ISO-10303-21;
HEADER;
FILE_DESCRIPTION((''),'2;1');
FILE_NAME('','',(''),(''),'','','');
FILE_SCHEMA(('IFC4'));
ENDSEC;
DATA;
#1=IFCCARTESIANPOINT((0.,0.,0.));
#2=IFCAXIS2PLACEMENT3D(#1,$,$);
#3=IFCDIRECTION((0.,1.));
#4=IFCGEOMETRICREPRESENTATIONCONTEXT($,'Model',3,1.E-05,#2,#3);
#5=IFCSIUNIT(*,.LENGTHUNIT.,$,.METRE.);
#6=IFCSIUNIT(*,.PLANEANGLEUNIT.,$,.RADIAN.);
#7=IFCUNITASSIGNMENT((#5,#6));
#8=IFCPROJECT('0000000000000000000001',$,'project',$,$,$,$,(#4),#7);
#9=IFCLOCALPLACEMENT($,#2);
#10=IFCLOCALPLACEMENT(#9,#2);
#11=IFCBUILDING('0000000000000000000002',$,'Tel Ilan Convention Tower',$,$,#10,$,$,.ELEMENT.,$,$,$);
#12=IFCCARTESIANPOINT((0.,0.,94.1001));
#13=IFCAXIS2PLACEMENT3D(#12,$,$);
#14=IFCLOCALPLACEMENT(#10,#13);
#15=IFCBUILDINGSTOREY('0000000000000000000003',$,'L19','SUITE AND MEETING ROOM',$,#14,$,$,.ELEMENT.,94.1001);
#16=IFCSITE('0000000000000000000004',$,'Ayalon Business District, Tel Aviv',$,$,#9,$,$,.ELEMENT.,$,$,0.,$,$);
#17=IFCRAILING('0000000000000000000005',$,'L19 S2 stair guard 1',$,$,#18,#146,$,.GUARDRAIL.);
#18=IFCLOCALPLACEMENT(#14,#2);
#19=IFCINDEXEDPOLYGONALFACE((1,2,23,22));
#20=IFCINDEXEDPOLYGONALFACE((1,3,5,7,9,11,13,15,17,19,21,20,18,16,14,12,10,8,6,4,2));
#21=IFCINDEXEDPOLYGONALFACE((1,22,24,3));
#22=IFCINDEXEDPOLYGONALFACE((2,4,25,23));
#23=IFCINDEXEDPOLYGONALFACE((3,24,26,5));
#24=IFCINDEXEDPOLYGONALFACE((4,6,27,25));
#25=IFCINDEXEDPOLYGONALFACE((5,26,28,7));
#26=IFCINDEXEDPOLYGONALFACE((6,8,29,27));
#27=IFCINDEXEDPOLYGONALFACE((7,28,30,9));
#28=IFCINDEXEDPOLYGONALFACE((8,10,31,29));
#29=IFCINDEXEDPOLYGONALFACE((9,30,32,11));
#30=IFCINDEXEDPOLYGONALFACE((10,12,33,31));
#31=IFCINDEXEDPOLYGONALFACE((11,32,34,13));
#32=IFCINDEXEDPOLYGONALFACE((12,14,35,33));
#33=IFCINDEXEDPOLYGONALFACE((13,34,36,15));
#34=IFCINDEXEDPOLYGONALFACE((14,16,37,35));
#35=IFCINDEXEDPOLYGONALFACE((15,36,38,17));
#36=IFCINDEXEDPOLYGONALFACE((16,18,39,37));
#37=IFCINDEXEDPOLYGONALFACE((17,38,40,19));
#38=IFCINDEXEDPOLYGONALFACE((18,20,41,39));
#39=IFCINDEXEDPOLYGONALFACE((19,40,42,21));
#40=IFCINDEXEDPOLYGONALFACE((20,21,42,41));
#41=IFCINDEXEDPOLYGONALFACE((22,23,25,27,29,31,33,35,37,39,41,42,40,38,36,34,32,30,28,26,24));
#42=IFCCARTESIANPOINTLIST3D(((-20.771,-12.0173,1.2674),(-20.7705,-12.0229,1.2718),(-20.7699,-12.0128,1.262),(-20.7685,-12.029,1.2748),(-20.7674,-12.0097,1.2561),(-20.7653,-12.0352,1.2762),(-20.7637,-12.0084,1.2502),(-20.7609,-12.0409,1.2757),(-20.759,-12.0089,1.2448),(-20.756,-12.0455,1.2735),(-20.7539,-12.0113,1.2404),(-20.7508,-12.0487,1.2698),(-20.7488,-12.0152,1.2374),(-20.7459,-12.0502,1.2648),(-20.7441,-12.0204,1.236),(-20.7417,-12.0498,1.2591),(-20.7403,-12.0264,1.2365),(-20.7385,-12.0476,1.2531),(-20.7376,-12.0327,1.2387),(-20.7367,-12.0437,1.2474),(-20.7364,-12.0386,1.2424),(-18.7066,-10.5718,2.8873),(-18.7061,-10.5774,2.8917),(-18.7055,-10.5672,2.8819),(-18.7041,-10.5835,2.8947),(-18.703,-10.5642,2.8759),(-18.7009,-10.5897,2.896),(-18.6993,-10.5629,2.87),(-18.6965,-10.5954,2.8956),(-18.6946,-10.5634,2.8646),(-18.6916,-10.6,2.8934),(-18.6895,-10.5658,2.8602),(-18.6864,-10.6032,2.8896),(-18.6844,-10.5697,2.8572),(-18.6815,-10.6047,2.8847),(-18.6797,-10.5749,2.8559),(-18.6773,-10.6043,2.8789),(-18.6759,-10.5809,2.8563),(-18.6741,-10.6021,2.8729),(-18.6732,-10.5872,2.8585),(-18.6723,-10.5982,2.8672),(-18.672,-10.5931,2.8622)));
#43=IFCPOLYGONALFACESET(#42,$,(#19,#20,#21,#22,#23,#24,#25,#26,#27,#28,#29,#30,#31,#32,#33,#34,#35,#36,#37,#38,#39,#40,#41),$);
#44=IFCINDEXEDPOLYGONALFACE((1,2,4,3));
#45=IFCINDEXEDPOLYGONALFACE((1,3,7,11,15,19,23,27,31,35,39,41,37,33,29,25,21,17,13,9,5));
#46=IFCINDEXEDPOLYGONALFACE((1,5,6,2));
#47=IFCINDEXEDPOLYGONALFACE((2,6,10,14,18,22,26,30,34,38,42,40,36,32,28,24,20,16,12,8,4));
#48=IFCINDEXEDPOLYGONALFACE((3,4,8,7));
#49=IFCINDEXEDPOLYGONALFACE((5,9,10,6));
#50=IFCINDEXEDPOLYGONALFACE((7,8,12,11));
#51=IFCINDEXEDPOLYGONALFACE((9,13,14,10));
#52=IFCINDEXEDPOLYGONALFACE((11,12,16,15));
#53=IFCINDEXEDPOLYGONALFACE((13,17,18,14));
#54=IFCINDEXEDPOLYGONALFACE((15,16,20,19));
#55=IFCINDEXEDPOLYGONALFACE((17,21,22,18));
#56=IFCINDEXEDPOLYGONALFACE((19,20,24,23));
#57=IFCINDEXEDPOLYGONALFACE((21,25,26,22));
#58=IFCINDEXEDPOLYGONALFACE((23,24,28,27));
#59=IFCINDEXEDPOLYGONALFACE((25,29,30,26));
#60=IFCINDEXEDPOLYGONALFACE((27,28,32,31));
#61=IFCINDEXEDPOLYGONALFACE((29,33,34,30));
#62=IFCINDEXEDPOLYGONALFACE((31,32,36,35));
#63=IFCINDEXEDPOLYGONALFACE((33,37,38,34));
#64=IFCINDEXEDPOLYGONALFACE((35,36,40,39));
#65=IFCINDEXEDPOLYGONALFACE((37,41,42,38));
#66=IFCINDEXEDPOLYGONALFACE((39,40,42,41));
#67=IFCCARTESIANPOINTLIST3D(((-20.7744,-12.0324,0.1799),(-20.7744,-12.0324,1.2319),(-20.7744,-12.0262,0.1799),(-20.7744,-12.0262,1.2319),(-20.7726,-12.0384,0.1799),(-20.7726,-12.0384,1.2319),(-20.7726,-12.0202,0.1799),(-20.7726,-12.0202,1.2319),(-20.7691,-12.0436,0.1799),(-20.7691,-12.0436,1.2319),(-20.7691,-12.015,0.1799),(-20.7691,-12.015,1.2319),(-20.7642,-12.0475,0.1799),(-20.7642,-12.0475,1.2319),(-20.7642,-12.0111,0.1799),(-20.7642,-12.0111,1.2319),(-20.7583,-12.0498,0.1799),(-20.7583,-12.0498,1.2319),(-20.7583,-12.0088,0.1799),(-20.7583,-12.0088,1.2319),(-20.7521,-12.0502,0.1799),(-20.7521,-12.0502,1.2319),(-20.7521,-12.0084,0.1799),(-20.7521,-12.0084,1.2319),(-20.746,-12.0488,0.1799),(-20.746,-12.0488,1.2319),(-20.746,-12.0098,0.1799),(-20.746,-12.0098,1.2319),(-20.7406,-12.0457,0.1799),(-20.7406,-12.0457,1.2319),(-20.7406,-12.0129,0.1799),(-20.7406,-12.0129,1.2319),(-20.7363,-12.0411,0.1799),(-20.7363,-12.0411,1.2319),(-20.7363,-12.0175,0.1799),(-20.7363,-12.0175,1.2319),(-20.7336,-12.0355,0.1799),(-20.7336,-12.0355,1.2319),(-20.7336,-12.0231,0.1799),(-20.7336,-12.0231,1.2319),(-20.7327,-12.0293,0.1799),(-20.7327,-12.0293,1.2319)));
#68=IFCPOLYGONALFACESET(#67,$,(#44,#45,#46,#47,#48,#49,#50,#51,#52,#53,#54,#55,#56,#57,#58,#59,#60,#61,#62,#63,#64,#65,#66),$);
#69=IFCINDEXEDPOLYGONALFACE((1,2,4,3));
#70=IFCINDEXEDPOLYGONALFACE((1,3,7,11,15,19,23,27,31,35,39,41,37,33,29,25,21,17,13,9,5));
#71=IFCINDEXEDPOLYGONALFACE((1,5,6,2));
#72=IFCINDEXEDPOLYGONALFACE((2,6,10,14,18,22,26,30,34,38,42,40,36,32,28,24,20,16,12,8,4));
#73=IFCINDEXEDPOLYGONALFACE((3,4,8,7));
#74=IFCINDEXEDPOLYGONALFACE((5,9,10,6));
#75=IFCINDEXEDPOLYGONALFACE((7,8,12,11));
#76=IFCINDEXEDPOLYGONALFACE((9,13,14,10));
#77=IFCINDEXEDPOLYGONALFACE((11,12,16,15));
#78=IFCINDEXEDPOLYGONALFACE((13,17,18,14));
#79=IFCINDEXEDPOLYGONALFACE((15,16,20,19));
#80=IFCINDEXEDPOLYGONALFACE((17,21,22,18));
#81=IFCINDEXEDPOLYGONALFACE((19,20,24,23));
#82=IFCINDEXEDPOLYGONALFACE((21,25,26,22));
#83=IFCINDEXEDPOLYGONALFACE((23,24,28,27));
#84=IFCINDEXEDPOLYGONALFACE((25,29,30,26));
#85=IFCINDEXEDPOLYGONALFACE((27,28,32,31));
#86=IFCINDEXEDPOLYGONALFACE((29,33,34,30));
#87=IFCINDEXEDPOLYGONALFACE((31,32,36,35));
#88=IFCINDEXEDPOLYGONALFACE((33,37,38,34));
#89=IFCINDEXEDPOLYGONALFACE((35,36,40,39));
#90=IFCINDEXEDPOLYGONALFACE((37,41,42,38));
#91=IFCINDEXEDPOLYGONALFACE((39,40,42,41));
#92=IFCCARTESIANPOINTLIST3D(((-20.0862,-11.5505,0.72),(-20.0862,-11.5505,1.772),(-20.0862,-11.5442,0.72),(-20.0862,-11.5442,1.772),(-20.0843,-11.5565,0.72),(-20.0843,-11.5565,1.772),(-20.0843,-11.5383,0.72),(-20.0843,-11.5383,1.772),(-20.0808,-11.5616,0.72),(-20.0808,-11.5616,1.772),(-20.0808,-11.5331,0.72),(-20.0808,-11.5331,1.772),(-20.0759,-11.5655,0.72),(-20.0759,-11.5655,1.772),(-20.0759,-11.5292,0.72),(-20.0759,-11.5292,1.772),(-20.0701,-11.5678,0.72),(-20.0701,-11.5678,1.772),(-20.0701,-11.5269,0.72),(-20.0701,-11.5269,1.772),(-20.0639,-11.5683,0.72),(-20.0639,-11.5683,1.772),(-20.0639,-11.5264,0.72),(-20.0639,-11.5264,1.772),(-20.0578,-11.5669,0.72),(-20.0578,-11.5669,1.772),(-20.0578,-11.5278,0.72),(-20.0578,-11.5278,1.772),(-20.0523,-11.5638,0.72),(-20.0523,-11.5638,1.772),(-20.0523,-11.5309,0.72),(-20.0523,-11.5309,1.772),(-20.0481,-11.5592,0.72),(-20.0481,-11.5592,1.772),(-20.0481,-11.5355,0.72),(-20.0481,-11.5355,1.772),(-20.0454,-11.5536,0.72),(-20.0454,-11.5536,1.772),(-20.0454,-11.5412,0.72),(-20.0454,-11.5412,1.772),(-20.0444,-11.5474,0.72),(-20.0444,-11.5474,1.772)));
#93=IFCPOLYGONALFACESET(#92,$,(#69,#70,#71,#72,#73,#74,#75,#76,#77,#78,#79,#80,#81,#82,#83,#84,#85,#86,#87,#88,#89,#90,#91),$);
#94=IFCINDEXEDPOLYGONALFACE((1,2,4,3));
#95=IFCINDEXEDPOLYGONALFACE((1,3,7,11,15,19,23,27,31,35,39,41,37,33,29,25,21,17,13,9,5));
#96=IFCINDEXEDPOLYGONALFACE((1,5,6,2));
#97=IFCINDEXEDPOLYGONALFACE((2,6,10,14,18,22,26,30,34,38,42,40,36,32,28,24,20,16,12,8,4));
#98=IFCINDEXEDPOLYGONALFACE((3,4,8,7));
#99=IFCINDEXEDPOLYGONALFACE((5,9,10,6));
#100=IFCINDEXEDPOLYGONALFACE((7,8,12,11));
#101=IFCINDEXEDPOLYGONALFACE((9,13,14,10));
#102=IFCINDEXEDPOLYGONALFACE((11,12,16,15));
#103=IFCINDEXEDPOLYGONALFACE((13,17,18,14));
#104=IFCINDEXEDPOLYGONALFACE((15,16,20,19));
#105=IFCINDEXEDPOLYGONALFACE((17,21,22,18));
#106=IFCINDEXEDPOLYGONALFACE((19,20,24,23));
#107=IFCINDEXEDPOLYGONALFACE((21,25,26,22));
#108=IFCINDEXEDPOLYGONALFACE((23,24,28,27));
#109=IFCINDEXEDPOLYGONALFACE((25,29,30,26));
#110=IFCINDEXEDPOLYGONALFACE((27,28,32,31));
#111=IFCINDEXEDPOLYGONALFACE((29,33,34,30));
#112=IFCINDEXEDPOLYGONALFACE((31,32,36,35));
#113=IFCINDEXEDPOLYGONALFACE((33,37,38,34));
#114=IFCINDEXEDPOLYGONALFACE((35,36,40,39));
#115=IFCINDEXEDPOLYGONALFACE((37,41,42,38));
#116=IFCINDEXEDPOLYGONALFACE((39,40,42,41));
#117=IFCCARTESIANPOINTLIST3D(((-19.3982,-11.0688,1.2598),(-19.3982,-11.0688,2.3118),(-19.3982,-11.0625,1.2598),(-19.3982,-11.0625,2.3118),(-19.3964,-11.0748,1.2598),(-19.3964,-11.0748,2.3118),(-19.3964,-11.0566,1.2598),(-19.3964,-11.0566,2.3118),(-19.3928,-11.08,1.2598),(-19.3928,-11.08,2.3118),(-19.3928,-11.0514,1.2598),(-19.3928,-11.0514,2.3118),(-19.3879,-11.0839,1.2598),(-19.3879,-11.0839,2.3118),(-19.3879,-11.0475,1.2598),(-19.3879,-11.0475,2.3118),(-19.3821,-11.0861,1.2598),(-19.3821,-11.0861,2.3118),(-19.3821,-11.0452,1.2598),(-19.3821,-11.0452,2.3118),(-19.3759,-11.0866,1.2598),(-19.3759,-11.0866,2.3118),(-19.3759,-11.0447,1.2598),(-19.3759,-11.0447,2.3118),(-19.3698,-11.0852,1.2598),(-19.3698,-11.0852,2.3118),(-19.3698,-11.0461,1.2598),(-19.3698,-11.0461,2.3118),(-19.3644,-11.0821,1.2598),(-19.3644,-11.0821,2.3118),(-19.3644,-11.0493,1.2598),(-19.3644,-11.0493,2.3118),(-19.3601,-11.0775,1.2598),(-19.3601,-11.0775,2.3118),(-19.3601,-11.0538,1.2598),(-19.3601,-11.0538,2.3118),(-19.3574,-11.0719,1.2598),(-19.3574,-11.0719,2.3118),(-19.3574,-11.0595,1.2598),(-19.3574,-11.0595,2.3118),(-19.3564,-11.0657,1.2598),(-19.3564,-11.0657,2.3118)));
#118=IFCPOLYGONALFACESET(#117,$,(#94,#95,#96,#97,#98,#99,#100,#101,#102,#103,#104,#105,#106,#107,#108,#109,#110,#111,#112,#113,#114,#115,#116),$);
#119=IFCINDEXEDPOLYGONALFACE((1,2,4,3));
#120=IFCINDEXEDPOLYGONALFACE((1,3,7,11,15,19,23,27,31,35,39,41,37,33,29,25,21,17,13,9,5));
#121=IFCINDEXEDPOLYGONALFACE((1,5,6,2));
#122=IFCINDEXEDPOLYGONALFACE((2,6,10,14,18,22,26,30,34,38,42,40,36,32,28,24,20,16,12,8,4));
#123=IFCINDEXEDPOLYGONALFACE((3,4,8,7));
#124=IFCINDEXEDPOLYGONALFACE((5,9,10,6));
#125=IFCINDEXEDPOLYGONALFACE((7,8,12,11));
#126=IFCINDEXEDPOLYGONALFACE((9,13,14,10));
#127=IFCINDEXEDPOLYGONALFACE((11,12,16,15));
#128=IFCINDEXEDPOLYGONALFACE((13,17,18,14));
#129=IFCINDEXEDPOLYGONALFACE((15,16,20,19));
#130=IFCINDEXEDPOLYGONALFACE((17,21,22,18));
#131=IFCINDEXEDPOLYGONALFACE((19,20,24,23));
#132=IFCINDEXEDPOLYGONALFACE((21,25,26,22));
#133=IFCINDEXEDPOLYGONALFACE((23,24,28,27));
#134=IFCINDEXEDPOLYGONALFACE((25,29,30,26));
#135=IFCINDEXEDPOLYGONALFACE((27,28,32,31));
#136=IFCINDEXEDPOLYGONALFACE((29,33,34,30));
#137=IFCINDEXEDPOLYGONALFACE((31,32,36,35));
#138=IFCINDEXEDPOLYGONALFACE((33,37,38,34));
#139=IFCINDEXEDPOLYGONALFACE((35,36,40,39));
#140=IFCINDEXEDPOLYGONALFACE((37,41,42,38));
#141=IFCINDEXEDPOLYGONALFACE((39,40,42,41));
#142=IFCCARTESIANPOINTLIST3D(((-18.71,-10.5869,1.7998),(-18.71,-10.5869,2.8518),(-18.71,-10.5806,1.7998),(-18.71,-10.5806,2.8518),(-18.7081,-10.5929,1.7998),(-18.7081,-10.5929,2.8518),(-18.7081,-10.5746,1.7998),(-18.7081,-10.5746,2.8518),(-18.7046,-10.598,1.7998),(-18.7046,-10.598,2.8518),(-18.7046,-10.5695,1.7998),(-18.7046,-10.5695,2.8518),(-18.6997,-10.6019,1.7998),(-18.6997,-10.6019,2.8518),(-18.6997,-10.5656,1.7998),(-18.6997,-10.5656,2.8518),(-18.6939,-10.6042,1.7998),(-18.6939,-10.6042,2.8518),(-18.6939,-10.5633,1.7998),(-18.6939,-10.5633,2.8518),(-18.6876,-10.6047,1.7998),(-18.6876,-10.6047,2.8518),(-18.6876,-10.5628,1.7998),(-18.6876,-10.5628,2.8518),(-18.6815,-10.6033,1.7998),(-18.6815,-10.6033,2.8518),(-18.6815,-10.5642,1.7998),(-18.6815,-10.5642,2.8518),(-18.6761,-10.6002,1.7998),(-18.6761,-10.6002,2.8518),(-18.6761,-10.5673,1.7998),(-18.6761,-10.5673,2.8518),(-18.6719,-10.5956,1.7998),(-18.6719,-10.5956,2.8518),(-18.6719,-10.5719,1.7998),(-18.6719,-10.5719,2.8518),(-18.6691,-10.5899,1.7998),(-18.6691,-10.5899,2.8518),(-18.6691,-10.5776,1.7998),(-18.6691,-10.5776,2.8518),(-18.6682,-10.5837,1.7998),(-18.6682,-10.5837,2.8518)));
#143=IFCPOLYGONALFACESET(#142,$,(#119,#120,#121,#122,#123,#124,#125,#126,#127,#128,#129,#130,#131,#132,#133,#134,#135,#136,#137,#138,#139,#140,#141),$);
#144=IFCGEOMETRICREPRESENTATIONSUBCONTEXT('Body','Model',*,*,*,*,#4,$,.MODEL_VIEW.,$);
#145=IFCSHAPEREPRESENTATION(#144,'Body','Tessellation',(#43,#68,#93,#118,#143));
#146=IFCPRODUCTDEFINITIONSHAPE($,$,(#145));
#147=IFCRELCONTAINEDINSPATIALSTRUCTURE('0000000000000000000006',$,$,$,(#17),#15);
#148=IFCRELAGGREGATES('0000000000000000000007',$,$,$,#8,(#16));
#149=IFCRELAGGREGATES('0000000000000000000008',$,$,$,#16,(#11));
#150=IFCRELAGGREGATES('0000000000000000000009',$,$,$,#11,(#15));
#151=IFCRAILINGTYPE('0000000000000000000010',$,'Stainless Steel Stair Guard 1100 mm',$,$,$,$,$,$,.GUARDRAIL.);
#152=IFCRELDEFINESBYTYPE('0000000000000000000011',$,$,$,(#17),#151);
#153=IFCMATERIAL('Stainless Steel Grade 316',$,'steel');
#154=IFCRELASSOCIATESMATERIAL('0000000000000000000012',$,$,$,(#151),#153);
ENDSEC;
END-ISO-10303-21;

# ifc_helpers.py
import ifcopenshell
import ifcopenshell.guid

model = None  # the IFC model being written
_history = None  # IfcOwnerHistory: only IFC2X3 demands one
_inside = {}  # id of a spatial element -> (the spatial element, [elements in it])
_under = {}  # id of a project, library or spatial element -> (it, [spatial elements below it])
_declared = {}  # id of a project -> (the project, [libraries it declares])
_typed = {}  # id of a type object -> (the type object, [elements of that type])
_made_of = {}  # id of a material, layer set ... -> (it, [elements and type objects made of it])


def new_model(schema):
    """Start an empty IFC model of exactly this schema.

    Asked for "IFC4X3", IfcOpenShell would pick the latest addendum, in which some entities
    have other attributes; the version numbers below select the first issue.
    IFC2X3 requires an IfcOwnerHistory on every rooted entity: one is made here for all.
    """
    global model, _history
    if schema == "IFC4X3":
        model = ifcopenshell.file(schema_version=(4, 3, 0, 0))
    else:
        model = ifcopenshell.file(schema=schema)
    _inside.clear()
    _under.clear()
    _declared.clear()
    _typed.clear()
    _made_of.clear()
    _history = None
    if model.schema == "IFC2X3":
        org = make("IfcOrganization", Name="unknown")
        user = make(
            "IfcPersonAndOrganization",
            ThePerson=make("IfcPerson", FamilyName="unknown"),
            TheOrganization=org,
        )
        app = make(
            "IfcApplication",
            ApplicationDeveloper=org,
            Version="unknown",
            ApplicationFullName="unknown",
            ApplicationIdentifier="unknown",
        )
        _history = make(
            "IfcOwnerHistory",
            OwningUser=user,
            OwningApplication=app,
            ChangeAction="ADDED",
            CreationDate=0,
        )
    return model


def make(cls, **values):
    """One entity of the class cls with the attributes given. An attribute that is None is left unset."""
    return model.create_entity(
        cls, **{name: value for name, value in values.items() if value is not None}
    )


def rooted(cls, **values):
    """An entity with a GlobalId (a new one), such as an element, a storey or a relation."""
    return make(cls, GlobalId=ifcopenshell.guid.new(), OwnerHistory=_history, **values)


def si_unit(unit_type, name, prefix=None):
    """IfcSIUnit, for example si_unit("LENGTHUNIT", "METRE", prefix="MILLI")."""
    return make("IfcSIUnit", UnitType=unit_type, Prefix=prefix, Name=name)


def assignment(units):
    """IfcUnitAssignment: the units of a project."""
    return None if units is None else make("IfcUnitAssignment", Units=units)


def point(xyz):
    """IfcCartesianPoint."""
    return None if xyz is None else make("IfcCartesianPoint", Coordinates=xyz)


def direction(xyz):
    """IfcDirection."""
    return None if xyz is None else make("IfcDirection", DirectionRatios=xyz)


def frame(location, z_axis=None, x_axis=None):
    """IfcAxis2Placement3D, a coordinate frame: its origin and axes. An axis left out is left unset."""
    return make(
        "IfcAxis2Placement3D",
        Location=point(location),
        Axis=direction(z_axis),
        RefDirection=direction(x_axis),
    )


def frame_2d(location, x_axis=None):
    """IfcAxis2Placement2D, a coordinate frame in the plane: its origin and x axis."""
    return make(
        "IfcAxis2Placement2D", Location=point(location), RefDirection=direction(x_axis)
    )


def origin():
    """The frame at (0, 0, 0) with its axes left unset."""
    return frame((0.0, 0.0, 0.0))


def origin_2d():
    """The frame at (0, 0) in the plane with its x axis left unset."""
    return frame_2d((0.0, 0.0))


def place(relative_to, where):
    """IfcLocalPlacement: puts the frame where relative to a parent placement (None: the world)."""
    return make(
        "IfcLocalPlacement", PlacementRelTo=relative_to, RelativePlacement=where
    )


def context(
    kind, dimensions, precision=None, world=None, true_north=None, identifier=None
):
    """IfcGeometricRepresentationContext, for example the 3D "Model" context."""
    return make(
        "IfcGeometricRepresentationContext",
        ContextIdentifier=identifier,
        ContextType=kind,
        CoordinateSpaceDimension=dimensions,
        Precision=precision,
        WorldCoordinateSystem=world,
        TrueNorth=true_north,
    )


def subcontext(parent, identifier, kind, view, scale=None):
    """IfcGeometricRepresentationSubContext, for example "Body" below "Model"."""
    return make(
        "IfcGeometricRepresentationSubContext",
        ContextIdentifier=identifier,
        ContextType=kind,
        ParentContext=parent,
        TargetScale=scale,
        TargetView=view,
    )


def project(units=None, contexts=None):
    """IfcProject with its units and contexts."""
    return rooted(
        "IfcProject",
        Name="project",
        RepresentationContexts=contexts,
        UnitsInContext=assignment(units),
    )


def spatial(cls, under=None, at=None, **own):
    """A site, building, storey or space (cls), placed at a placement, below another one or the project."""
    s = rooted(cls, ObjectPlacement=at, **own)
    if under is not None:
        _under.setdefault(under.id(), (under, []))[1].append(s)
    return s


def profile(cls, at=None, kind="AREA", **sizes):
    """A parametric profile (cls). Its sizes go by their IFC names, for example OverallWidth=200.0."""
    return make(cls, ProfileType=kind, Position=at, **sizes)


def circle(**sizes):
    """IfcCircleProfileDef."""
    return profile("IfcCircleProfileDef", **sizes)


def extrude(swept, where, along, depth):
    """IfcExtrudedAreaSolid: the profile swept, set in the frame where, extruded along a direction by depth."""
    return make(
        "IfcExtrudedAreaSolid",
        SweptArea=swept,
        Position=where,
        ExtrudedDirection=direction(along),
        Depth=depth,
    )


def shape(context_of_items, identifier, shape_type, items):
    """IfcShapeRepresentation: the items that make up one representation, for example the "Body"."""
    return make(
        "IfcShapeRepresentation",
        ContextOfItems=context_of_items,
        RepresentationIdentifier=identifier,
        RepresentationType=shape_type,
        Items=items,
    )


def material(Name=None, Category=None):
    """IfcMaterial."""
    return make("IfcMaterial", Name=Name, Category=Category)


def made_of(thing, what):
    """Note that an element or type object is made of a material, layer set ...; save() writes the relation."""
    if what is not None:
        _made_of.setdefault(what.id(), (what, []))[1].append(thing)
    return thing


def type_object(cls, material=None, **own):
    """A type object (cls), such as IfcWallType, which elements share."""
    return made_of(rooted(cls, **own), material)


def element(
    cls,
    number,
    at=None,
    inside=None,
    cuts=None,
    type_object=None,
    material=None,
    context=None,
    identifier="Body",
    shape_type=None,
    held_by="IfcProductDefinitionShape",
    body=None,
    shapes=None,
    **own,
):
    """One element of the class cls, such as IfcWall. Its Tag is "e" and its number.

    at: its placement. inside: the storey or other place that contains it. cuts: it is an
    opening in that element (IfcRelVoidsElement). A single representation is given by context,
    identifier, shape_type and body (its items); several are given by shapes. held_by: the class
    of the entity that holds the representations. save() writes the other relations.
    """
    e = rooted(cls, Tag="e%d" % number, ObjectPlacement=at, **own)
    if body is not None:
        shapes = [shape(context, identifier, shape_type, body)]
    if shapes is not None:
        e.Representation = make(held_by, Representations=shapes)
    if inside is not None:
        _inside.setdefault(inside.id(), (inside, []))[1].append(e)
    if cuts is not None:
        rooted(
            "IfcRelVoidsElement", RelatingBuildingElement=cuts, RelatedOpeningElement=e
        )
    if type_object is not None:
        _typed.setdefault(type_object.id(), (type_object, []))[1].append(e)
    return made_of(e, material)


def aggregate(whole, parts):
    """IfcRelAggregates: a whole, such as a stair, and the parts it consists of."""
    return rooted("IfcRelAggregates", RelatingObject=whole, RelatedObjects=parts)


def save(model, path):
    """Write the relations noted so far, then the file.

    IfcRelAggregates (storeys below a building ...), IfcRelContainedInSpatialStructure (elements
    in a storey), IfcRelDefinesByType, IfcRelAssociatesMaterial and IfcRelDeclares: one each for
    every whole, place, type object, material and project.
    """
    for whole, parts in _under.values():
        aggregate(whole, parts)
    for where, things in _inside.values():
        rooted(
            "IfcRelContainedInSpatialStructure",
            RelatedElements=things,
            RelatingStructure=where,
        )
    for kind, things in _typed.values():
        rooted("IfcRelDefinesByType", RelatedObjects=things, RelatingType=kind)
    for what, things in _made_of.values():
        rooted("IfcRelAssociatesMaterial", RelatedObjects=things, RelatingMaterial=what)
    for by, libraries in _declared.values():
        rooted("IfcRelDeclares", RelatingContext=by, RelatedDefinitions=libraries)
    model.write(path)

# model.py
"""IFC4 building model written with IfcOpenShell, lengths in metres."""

from ifc_helpers import new_model, si_unit, direction, frame, origin, origin_2d, place, context, subcontext, project, spatial, circle, extrude, material, type_object, element, save


model = new_model("IFC4")

# Units and contexts
model_context = context("Model", 3, precision=1e-05, world=origin(), true_north=direction((0.0, 1.0)))
body_context = subcontext(model_context, "Body", "Model", "MODEL_VIEW")
ifc_project = project(units=[si_unit("LENGTHUNIT", "METRE"), si_unit("PLANEANGLEUNIT", "RADIAN")], contexts=[model_context])

# Site, building, storey
site_placement = place(None, origin())
site = spatial("IfcSite", under=ifc_project, at=site_placement, Name="Ayalon Business District, Tel Aviv", CompositionType="ELEMENT", RefElevation=0.0)
building_placement = place(site_placement, origin())
building = spatial("IfcBuilding", under=site, at=building_placement, Name="Tel Ilan Convention Tower", CompositionType="ELEMENT")
storey_placement = place(building_placement, frame((0.0, 0.0, 94.1001)))
storey = spatial("IfcBuildingStorey", under=building, at=storey_placement, Name="L19", Description="SUITE AND MEETING ROOM", CompositionType="ELEMENT", Elevation=94.1001)

# Railing
ifc_material_1 = material(Name="Stainless Steel Grade 316", Category="steel")
railing_type_1 = type_object("IfcRailingType", Name="Stainless Steel Stair Guard 1100 mm", PredefinedType="GUARDRAIL", material=ifc_material_1)
railing_1_placement = place(storey_placement, frame((-20.7537, -12.0293, 0.1799)))
element("IfcRailing", 1, at=railing_1_placement, inside=storey, type_object=railing_type_1, Name="L19 S2 stair guard 1", PredefinedType="GUARDRAIL", context=body_context, shape_type="SweptSolid", body=[
    extrude(circle(Radius=0.0239, at=origin_2d()), frame((0.0, 0.0, 1.0762), z_axis=(0.689086, 0.482507, 0.540691), x_axis=(-0.573579, 0.81915, 0.0)), (0.0, 0.0, 1.0), 2.9958),
    extrude(circle(Radius=0.021, at=origin_2d()), origin(), (0.0, 0.0, 1.0), 1.052),
    extrude(circle(Radius=0.021, at=origin_2d()), frame((0.6882, 0.4819, 0.54)), (0.0, 0.0, 1.0), 1.052),
    extrude(circle(Radius=0.021, at=origin_2d()), frame((1.3762, 0.9636, 1.0798)), (0.0, 0.0, 1.0), 1.052),
    extrude(circle(Radius=0.021, at=origin_2d()), frame((2.0645, 1.4456, 1.6199)), (0.0, 0.0, 1.0), 1.052),
])

save(model, "model.ifc")
